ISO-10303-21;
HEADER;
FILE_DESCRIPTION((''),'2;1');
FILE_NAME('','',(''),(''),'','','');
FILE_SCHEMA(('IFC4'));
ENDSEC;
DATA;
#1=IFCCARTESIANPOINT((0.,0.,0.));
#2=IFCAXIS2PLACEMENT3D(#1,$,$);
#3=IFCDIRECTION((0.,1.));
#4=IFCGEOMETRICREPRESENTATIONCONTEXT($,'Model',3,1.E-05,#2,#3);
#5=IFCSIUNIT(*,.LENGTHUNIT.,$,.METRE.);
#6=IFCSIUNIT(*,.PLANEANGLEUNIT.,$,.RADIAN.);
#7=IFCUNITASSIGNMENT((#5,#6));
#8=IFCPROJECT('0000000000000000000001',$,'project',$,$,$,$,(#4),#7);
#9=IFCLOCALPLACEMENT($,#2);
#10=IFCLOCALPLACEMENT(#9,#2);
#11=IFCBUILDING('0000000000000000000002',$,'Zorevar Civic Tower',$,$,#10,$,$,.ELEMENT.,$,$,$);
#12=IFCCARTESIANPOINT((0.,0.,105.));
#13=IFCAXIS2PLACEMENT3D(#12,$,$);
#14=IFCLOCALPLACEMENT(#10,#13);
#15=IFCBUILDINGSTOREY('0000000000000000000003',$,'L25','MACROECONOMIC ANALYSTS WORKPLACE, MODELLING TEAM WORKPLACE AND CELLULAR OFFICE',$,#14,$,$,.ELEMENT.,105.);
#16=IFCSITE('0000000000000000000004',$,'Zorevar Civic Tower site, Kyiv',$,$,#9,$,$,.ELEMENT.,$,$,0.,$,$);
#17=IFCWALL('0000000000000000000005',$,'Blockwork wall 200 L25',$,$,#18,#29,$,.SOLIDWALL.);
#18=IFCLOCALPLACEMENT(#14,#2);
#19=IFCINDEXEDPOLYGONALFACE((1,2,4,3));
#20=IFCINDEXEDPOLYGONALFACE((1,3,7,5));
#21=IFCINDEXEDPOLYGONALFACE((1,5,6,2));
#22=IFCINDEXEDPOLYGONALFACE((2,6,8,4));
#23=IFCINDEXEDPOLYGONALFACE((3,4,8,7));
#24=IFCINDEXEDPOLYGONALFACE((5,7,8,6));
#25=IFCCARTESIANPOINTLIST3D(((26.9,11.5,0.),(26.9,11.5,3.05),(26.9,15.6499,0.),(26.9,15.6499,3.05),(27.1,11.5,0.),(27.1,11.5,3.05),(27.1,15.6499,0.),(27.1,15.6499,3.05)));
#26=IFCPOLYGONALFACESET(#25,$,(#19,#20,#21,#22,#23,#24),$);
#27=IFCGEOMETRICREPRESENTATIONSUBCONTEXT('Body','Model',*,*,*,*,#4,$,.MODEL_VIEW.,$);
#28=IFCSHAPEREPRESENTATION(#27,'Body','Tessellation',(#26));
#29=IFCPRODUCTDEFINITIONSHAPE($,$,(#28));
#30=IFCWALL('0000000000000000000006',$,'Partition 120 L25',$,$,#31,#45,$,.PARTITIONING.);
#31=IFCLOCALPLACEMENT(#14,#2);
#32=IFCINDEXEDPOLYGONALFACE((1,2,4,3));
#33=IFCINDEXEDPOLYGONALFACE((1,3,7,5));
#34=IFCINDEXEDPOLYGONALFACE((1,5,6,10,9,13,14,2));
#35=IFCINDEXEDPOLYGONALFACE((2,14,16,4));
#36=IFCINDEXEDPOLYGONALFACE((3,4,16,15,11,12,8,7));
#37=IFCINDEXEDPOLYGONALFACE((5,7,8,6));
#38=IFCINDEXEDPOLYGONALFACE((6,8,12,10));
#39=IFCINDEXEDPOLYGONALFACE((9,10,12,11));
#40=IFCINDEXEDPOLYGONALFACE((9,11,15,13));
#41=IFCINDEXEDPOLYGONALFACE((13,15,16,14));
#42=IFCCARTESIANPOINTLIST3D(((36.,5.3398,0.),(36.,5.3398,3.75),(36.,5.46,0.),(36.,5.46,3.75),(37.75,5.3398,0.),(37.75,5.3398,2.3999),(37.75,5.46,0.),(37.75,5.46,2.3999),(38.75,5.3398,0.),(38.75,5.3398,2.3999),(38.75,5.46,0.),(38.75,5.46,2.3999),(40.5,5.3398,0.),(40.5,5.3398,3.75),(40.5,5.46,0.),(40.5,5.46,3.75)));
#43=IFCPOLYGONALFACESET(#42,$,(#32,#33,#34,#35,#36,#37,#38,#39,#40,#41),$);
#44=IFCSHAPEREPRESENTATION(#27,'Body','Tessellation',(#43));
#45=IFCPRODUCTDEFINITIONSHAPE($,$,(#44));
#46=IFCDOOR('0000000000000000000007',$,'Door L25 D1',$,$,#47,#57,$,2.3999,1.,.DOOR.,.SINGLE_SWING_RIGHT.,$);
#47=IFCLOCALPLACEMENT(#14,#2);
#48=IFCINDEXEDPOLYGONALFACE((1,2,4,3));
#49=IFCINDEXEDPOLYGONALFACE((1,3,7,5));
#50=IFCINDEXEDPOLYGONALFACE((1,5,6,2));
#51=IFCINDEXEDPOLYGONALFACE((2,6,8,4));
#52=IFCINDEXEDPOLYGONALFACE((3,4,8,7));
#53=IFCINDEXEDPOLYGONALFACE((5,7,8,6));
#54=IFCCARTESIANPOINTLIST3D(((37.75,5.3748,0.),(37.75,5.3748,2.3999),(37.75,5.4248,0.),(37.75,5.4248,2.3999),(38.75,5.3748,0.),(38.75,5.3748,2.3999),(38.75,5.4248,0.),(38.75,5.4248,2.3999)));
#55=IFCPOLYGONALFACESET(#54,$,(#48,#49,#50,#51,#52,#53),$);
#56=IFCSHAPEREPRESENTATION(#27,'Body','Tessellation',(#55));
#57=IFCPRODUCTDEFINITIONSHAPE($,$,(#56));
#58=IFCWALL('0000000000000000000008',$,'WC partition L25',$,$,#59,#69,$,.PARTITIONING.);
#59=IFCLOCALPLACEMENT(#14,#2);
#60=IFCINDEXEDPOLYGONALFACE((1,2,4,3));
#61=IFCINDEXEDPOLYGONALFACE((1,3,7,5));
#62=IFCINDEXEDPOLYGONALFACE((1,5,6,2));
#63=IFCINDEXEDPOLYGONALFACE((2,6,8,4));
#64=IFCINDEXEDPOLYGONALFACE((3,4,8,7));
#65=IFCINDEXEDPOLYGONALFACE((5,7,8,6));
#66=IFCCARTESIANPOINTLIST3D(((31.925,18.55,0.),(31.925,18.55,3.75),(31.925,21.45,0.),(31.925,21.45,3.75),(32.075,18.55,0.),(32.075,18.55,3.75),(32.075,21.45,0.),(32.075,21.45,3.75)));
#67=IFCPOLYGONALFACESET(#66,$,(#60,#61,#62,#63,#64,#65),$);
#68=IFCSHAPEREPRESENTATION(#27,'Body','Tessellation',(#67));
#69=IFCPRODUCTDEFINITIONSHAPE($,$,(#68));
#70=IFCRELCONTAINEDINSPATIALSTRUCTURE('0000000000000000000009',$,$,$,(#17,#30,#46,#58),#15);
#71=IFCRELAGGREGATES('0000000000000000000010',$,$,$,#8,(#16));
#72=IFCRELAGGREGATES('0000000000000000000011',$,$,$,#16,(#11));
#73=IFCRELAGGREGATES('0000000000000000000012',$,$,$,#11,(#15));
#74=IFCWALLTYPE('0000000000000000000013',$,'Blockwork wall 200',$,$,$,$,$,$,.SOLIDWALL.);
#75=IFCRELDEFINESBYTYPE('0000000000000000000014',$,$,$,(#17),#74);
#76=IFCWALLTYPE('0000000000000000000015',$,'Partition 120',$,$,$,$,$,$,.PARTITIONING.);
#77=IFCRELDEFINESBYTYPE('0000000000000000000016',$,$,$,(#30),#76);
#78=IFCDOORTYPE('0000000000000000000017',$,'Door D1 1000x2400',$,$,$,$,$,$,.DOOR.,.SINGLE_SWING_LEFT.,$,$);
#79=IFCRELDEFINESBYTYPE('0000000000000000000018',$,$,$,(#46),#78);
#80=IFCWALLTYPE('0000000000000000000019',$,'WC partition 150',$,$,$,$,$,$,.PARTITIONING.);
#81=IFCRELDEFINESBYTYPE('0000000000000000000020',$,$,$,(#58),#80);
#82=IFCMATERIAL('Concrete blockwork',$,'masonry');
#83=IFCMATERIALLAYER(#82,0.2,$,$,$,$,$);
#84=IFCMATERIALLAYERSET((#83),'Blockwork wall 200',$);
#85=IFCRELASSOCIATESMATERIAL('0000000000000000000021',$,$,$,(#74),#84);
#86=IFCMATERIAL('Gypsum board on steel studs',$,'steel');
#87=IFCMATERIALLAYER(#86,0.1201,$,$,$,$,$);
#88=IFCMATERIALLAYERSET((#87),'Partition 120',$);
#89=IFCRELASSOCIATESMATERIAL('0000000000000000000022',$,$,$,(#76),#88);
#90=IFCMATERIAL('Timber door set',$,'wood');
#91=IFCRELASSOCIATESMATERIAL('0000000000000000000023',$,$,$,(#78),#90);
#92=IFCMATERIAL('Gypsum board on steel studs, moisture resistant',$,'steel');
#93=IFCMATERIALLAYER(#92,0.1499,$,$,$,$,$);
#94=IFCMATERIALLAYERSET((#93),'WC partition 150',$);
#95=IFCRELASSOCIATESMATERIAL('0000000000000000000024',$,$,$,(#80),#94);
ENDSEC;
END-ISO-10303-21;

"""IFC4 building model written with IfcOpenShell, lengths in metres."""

from ifc_helpers import new_model, si_unit, direction, frame, frame_2d, origin, place, context, subcontext, project, spatial, rectangle, extrude, material, layer, layer_set, type_object, element, fill, save


model = new_model("IFC4")

# Units and contexts
model_context = context("Model", 3, precision=1e-05, world=origin(), true_north=direction((0.0, 1.0)))
body_context = subcontext(model_context, "Body", "Model", "MODEL_VIEW")
ifc_project = project(units=[si_unit("LENGTHUNIT", "METRE"), si_unit("PLANEANGLEUNIT", "RADIAN")], contexts=[model_context])

# Site, building, storey
site_placement = place(None, origin())
site = spatial("IfcSite", under=ifc_project, at=site_placement, Name="Zorevar Civic Tower site, Kyiv", CompositionType="ELEMENT", RefElevation=0.0)
building_placement = place(site_placement, origin())
building = spatial("IfcBuilding", under=site, at=building_placement, Name="Zorevar Civic Tower", CompositionType="ELEMENT")
storey_placement = place(building_placement, frame((0.0, 0.0, 105.0)))
storey = spatial("IfcBuildingStorey", under=building, at=storey_placement, Name="L25", Description="MACROECONOMIC ANALYSTS WORKPLACE, MODELLING TEAM WORKPLACE AND CELLULAR OFFICE", CompositionType="ELEMENT", Elevation=105.0)

# Shared definitions
ifc_material_1 = material(Name="Concrete blockwork", Category="masonry")
ifc_layer_1 = layer(ifc_material_1, 0.2)
ifc_layer_set_1 = layer_set([ifc_layer_1], Name="Blockwork wall 200")
wall_type_1 = type_object("IfcWallType", Name="Blockwork wall 200", PredefinedType="SOLIDWALL", material=ifc_layer_set_1)

# Wall
wall_1_placement = place(storey_placement, frame((27.0, 11.5, 0.0), z_axis=(0.0, 0.0, 1.0), x_axis=(0.0, 1.0, 0.0)))
element("IfcWall", 1, at=wall_1_placement, inside=storey, type_object=wall_type_1, Name="Blockwork wall 200 L25", PredefinedType="SOLIDWALL", context=body_context, shape_type="SweptSolid", body=[
    extrude(rectangle(XDim=4.1499, YDim=0.2, at=frame_2d((2.075, 0.0))), origin(), (0.0, 0.0, 1.0), 3.05),
])

# Wall, opening, door
ifc_material_2 = material(Name="Gypsum board on steel studs", Category="steel")
ifc_layer_2 = layer(ifc_material_2, 0.1201)
ifc_layer_set_2 = layer_set([ifc_layer_2], Name="Partition 120")
wall_type_2 = type_object("IfcWallType", Name="Partition 120", PredefinedType="PARTITIONING", material=ifc_layer_set_2)
wall_2_placement = place(storey_placement, frame((36.0, 5.3999, 0.0), z_axis=(0.0, 0.0, 1.0), x_axis=(1.0, 0.0, 0.0)))
wall_2 = element("IfcWall", 2, at=wall_2_placement, inside=storey, type_object=wall_type_2, Name="Partition 120 L25", PredefinedType="PARTITIONING", context=body_context, shape_type="SweptSolid", body=[
    extrude(rectangle(XDim=4.5, YDim=0.1201, at=frame_2d((2.25, 0.0))), origin(), (0.0, 0.0, 1.0), 3.75),
])
opening_1_placement = place(wall_2_placement, frame((1.75, 0.0, 0.0)))
opening_1 = element("IfcOpeningElement", 3, at=opening_1_placement, cuts=wall_2, PredefinedType="OPENING", context=body_context, shape_type="SweptSolid", body=[
    extrude(rectangle(XDim=1.0, YDim=2.3999, at=frame_2d((0.5, 1.2))), frame((0.0, 0.0701, 0.0), z_axis=(0.0, -1.0, 0.0), x_axis=(1.0, 0.0, 0.0)), (0.0, 0.0, 1.0), 0.1401),
])
ifc_material_3 = material(Name="Timber door set", Category="wood")
door_type_1 = type_object("IfcDoorType", Name="Door D1 1000x2400", OperationType="SINGLE_SWING_LEFT", PredefinedType="DOOR", material=ifc_material_3)
door_1_placement = place(opening_1_placement, origin())
door_1 = element("IfcDoor", 4, at=door_1_placement, inside=storey, type_object=door_type_1, Name="Door L25 D1", OperationType="SINGLE_SWING_RIGHT", OverallHeight=2.3999, OverallWidth=1.0, PredefinedType="DOOR", context=body_context, shape_type="SweptSolid", body=[
    extrude(rectangle(XDim=1.0, YDim=2.3999, at=frame_2d((0.5, 1.2))), frame((0.0, 0.0249, 0.0), z_axis=(0.0, -1.0, 0.0), x_axis=(1.0, 0.0, 0.0)), (0.0, 0.0, 1.0), 0.05),
])
fill(opening_1, door_1)

# Wall
ifc_material_4 = material(Name="Gypsum board on steel studs, moisture resistant", Category="steel")
ifc_layer_3 = layer(ifc_material_4, 0.1499)
ifc_layer_set_3 = layer_set([ifc_layer_3], Name="WC partition 150")
wall_type_3 = type_object("IfcWallType", Name="WC partition 150", PredefinedType="PARTITIONING", material=ifc_layer_set_3)
wall_3_placement = place(storey_placement, frame((32.0, 18.55, 0.0), z_axis=(0.0, 0.0, 1.0), x_axis=(0.0, 1.0, 0.0)))
element("IfcWall", 5, at=wall_3_placement, inside=storey, type_object=wall_type_3, Name="WC partition L25", PredefinedType="PARTITIONING", context=body_context, shape_type="SweptSolid", body=[
    extrude(rectangle(XDim=2.8999, YDim=0.1499, at=frame_2d((1.45, 0.0))), origin(), (0.0, 0.0, 1.0), 3.75),
])

save(model, "model.ifc")
